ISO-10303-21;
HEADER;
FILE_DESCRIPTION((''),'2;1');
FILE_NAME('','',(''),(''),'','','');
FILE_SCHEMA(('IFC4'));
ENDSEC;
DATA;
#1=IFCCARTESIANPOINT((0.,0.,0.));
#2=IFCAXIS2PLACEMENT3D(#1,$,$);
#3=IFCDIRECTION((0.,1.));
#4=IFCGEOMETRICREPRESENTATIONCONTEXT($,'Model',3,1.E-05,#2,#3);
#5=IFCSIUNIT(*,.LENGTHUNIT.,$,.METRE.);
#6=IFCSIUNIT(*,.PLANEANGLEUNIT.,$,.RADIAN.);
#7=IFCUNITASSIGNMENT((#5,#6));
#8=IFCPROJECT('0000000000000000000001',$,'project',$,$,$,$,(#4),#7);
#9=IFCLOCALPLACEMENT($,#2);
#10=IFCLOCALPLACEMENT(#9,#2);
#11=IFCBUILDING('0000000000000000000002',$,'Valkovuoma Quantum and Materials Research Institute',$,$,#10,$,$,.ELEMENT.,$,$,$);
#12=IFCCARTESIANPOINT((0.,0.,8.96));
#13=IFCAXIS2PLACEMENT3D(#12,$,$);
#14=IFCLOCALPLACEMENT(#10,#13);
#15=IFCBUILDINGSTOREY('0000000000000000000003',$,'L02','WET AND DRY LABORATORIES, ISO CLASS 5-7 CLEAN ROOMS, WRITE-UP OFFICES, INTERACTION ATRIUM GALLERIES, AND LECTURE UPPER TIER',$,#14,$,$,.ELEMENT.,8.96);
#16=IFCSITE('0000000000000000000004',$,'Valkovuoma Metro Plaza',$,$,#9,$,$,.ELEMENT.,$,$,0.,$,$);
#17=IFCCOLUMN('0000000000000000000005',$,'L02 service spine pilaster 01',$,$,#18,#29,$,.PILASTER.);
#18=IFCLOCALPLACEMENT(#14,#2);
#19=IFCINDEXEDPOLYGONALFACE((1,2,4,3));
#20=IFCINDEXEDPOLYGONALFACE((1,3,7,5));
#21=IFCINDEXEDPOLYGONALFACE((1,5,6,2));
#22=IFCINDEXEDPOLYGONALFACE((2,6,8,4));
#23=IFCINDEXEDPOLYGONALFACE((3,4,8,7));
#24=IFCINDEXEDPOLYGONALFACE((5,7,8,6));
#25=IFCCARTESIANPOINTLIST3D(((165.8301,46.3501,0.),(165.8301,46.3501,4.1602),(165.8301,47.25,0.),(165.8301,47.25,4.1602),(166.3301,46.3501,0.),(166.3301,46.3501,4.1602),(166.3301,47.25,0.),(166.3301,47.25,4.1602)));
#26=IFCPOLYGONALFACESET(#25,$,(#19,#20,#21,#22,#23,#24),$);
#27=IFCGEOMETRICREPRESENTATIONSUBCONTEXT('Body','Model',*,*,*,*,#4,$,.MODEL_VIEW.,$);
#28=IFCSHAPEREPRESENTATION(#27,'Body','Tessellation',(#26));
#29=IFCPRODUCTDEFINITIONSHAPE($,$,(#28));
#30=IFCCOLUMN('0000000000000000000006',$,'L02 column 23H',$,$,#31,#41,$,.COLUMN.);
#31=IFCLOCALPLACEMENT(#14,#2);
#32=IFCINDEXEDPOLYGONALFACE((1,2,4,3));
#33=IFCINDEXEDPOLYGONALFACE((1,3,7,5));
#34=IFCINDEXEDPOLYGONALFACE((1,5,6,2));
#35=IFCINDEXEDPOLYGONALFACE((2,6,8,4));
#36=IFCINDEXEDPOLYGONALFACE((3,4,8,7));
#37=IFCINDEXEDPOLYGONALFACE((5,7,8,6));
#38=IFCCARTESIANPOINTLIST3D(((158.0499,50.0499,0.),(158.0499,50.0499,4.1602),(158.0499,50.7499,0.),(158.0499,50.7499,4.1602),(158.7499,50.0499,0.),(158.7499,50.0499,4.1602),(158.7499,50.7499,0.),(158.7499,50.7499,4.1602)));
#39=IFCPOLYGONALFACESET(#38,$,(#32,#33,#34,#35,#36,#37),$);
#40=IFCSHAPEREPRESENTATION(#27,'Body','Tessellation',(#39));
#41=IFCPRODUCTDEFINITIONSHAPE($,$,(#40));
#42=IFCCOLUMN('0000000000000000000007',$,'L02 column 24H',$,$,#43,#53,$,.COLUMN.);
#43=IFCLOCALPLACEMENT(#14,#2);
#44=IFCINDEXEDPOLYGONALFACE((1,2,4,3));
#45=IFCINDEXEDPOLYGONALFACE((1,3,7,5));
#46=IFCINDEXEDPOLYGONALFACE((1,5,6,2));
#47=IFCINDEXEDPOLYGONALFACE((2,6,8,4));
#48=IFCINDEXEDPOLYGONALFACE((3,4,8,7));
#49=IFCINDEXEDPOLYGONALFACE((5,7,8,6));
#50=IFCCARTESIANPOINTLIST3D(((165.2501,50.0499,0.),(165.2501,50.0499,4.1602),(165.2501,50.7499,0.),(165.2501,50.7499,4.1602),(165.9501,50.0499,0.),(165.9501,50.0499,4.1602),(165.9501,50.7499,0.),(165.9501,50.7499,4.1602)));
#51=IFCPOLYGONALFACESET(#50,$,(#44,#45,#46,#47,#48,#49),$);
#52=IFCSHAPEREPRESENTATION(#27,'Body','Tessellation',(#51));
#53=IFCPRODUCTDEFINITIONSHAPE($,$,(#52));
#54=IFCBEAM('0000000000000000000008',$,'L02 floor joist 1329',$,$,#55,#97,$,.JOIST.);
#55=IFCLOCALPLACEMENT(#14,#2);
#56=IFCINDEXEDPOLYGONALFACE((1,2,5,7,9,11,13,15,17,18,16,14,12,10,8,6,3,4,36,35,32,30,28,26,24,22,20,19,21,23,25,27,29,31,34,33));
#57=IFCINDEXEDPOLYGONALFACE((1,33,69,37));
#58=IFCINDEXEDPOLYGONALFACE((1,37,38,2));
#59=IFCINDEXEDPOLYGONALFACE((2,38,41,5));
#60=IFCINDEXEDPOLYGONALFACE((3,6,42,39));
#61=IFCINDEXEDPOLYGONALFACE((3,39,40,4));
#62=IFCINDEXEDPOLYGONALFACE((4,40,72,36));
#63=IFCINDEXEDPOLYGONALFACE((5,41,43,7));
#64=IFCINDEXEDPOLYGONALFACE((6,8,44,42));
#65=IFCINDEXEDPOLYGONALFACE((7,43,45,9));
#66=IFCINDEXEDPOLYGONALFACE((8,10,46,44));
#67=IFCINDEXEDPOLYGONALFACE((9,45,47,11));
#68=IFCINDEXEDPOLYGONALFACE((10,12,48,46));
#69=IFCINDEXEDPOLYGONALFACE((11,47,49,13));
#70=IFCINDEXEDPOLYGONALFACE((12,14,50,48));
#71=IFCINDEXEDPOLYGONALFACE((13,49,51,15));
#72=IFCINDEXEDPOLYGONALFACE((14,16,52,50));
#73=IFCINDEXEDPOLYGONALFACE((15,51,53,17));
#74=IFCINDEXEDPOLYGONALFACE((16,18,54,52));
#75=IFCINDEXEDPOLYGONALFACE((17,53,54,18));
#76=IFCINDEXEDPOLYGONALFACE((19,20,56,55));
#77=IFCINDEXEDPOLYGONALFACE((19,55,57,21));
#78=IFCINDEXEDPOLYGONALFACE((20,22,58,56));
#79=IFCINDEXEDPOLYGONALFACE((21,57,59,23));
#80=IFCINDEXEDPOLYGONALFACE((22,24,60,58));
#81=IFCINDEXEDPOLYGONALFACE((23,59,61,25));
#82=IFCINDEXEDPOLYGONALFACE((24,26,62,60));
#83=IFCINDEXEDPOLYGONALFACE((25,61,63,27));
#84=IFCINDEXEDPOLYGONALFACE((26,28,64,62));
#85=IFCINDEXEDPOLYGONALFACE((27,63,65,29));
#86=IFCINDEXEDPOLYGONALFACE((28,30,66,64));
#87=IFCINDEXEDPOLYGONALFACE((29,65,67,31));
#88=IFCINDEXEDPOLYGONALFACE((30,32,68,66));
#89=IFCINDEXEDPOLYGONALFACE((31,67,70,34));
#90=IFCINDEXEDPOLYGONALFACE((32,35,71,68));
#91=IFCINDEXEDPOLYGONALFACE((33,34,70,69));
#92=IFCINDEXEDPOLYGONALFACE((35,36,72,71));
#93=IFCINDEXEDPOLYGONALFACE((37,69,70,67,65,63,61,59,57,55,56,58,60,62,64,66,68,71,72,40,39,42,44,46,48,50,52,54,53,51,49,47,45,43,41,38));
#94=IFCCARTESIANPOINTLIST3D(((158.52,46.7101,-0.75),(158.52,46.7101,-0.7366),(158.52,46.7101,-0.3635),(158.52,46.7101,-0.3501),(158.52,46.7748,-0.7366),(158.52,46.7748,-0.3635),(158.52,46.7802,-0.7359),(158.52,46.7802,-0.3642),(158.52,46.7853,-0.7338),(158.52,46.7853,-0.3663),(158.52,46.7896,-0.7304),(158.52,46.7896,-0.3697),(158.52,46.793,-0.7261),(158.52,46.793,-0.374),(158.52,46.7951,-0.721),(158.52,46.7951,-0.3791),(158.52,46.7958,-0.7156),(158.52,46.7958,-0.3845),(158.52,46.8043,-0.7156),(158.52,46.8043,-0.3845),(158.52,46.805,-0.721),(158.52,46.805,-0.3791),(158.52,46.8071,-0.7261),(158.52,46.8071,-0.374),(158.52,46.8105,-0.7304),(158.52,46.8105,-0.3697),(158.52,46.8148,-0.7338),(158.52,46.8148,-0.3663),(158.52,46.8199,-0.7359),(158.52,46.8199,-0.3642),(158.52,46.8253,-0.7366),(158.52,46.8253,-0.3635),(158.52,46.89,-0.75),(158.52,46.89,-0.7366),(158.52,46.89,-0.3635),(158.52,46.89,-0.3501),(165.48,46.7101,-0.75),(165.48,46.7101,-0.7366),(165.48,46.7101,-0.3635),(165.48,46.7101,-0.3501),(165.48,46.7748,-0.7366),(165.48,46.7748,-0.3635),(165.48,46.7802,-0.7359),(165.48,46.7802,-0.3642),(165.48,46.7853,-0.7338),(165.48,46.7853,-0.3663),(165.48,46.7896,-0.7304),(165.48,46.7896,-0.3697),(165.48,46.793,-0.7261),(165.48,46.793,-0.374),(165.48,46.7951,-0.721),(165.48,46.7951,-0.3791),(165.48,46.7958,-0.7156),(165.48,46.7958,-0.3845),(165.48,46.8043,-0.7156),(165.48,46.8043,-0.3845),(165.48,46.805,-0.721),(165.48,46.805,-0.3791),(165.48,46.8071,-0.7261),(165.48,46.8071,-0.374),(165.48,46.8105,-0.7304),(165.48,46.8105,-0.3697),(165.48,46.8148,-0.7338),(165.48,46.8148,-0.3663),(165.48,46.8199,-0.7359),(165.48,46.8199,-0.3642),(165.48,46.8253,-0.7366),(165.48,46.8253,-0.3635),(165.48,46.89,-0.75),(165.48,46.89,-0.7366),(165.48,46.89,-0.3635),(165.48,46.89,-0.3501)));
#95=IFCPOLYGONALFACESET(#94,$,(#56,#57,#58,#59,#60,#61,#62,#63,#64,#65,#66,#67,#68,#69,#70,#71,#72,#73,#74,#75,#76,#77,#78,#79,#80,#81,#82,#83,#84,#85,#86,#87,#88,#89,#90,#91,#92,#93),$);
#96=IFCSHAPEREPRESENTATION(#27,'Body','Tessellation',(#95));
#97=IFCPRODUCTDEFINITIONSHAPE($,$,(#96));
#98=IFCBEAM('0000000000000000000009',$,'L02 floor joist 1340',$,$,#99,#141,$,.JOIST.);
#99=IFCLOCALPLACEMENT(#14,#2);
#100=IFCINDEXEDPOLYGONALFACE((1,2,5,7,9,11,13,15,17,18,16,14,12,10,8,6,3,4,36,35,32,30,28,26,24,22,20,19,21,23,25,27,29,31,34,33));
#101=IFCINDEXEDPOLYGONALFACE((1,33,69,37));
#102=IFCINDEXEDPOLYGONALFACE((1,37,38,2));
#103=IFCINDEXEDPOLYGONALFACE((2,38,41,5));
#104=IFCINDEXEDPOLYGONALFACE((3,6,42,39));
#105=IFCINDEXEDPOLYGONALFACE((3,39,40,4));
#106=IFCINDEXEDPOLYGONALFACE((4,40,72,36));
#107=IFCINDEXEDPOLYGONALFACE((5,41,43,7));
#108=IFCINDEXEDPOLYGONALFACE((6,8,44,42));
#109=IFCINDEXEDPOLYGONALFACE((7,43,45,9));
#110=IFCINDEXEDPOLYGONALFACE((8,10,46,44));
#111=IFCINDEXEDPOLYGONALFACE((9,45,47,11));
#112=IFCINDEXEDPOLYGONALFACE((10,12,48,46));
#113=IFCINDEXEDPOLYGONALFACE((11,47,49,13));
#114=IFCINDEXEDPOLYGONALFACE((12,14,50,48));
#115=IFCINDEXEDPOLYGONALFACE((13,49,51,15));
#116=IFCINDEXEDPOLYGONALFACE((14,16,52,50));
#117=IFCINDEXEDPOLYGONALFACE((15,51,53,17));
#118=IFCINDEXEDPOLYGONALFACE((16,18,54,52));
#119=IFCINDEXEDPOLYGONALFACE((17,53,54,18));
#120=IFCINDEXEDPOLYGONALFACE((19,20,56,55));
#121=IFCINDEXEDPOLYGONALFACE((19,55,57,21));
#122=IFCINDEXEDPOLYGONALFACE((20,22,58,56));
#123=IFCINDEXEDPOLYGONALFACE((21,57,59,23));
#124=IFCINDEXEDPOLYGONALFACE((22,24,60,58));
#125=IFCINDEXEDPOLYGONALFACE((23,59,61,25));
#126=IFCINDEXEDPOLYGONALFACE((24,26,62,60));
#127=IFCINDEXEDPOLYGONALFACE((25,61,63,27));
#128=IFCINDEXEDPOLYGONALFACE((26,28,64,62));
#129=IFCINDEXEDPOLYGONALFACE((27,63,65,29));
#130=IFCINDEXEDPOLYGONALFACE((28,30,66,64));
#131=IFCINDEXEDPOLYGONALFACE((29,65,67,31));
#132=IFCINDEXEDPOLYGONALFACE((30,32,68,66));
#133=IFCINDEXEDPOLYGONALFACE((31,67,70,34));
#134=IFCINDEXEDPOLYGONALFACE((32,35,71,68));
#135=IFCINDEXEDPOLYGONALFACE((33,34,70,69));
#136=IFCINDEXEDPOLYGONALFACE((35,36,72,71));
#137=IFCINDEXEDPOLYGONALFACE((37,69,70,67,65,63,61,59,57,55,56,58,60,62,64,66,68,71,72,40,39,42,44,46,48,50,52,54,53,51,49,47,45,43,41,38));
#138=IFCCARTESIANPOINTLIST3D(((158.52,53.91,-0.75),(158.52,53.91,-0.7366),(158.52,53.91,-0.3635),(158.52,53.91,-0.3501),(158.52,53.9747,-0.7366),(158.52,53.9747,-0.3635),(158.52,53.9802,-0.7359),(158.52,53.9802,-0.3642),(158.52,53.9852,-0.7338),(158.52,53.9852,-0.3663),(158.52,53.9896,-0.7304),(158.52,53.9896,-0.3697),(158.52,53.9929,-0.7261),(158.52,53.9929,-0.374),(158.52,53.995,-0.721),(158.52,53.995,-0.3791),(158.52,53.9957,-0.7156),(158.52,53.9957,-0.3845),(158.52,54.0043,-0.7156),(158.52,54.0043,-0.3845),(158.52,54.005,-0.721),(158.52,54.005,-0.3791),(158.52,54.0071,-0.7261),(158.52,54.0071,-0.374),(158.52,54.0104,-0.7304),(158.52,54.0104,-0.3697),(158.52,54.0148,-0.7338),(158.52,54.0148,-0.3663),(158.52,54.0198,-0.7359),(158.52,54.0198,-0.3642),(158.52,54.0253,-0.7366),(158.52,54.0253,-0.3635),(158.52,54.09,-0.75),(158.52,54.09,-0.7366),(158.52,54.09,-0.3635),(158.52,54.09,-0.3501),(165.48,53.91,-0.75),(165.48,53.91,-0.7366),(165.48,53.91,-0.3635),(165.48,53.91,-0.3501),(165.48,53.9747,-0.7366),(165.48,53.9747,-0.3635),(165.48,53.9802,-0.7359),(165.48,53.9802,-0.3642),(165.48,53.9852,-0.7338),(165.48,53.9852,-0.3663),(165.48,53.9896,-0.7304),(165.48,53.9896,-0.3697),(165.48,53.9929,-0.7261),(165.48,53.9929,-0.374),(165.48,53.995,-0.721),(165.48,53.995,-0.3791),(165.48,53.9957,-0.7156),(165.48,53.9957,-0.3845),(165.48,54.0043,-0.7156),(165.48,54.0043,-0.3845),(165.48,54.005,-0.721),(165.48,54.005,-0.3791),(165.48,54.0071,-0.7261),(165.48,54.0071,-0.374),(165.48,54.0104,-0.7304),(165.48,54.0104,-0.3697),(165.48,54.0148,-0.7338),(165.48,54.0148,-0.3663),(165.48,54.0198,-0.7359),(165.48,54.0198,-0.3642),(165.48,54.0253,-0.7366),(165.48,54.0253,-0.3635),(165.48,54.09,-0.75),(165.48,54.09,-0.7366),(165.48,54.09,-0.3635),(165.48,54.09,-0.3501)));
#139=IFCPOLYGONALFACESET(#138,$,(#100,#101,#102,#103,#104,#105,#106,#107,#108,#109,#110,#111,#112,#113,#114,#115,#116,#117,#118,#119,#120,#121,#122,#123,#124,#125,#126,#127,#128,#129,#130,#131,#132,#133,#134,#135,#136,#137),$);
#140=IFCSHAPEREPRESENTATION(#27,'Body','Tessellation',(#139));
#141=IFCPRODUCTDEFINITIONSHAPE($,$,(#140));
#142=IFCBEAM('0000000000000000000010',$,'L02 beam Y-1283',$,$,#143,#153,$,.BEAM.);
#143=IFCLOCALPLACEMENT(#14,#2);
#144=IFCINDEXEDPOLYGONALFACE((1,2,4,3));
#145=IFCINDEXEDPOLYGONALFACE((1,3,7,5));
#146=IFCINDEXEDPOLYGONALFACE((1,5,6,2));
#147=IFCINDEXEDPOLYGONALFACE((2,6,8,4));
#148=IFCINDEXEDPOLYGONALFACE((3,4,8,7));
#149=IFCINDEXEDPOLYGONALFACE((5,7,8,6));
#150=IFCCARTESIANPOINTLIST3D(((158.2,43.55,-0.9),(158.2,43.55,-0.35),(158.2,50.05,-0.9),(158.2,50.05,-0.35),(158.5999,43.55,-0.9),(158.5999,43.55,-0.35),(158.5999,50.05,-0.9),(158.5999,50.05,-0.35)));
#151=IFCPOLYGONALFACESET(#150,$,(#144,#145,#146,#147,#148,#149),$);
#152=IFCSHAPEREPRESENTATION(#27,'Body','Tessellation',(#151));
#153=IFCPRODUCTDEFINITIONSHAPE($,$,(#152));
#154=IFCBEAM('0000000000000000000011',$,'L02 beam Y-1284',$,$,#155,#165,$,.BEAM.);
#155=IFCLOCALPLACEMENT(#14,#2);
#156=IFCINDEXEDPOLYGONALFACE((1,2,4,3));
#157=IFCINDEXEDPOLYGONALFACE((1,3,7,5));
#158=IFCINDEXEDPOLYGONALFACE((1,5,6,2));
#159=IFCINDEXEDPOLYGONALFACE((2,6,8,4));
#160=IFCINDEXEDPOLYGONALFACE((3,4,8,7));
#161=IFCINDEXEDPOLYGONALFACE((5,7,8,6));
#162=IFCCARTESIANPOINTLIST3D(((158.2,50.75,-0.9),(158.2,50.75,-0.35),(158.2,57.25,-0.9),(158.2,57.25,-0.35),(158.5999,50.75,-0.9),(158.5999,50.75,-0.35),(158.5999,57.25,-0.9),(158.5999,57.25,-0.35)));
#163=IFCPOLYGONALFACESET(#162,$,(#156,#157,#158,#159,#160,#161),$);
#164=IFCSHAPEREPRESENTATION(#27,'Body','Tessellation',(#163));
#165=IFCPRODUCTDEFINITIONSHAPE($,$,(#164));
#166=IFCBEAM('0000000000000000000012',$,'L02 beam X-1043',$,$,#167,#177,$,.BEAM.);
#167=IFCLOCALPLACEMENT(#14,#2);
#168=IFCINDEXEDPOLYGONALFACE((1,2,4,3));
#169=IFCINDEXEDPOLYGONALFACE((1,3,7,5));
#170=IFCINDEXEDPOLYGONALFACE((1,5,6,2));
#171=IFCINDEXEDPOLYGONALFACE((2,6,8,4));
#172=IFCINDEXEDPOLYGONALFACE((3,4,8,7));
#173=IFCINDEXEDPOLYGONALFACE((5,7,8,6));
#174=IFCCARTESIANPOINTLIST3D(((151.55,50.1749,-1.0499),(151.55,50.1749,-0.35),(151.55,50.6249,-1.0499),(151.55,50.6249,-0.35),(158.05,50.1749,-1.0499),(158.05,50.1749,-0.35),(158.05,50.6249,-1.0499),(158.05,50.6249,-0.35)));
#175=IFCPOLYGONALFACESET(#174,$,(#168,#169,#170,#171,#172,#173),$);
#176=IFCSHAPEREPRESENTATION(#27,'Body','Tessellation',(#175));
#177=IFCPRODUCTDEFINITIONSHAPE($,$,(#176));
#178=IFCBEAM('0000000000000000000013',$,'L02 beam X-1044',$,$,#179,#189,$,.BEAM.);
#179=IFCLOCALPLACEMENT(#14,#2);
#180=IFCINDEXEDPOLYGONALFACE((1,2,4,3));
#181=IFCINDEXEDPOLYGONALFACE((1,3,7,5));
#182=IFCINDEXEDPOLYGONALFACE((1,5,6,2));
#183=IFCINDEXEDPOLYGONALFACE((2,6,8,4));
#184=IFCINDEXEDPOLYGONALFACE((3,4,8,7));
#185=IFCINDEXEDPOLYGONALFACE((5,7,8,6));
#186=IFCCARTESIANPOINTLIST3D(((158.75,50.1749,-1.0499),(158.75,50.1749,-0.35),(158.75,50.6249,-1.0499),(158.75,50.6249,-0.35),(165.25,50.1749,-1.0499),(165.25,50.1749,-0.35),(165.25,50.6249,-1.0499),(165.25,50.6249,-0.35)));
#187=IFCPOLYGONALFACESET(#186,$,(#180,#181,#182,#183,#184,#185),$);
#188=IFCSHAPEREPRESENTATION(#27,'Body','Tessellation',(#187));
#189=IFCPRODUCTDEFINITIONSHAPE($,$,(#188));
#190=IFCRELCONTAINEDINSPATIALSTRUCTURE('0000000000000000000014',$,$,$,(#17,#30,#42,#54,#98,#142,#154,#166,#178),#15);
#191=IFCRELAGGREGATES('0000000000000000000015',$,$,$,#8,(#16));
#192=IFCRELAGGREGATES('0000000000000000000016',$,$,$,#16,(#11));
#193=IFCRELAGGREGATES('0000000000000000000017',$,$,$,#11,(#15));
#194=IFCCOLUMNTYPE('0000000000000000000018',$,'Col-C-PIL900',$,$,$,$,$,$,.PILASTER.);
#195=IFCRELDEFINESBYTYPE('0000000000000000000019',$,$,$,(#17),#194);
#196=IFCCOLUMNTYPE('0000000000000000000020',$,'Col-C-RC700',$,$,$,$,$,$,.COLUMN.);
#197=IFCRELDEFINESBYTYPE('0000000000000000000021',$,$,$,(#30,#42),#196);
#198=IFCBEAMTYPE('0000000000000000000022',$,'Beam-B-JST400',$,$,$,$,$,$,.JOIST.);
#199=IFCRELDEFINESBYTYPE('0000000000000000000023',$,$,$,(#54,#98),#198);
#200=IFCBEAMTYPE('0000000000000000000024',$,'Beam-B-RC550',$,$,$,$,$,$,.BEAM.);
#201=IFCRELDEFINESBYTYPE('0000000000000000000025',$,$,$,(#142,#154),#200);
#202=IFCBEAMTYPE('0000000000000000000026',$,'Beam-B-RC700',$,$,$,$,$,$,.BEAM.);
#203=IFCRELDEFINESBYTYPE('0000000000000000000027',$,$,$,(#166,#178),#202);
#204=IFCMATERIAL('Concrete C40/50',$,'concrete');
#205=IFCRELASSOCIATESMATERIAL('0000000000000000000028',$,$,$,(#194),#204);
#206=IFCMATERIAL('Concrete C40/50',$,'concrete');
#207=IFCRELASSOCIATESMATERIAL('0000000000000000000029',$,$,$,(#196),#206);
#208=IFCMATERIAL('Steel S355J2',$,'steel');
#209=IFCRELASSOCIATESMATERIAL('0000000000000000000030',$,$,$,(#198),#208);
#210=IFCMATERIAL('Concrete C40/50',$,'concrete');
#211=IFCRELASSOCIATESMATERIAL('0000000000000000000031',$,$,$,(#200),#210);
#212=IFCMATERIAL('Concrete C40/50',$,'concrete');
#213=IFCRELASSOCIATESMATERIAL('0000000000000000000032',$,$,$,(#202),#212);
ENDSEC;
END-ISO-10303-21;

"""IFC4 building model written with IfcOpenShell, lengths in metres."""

from ifc_helpers import new_model, si_unit, direction, frame, origin, origin_2d, place, context, subcontext, project, spatial, rectangle, i_section, extrude, material, material_profile, profile_set, type_object, element, save


model = new_model("IFC4")

# Units and contexts
model_context = context("Model", 3, precision=1e-05, world=origin(), true_north=direction((0.0, 1.0)))
body_context = subcontext(model_context, "Body", "Model", "MODEL_VIEW")
ifc_project = project(units=[si_unit("LENGTHUNIT", "METRE"), si_unit("PLANEANGLEUNIT", "RADIAN")], contexts=[model_context])

# Site, building, storey
site_placement = place(None, origin())
site = spatial("IfcSite", under=ifc_project, at=site_placement, Name="Valkovuoma Metro Plaza", CompositionType="ELEMENT", RefElevation=0.0)
building_placement = place(site_placement, origin())
building = spatial("IfcBuilding", under=site, at=building_placement, Name="Valkovuoma Quantum and Materials Research Institute", CompositionType="ELEMENT")
storey_placement = place(building_placement, frame((0.0, 0.0, 8.96)))
storey = spatial("IfcBuildingStorey", under=building, at=storey_placement, Name="L02", Description="WET AND DRY LABORATORIES, ISO CLASS 5-7 CLEAN ROOMS, WRITE-UP OFFICES, INTERACTION ATRIUM GALLERIES, AND LECTURE UPPER TIER", CompositionType="ELEMENT", Elevation=8.96)

# Columns
ifc_material_1 = material(Name="Concrete C40/50", Category="concrete")
ifc_material_profile_1 = material_profile(ifc_material_1, rectangle(XDim=0.5, YDim=0.8999, at=origin_2d()), Name="Concrete C40/50")
ifc_profile_set_1 = profile_set([ifc_material_profile_1], Name="Concrete C40/50")
column_type_1 = type_object("IfcColumnType", Name="Col-C-PIL900", PredefinedType="PILASTER", material=ifc_profile_set_1)
column_placement = place(storey_placement, frame((166.0801, 46.8, 0.0), z_axis=(0.0, 0.0, 1.0), x_axis=(1.0, 0.0, 0.0)))
element("IfcColumn", 1, at=column_placement, inside=storey, type_object=column_type_1, Name="L02 service spine pilaster 01", PredefinedType="PILASTER", context=body_context, shape_type="SweptSolid", body=[
    extrude(rectangle(XDim=0.5, YDim=0.8999, at=origin_2d()), origin(), (0.0, 0.0, 1.0), 4.1602),
])
ifc_material_2 = material(Name="Concrete C40/50", Category="concrete")
ifc_material_profile_2 = material_profile(ifc_material_2, rectangle(XDim=0.7, YDim=0.7, at=origin_2d()), Name="Concrete C40/50")
ifc_profile_set_2 = profile_set([ifc_material_profile_2], Name="Concrete C40/50")
column_type_2 = type_object("IfcColumnType", Name="Col-C-RC700", PredefinedType="COLUMN", material=ifc_profile_set_2)
for number, where, z_axis, x_axis, name in (
    (2, (158.3999, 50.3999, 0.0), (0.0, 0.0, 1.0), (1.0, 0.0, 0.0), "L02 column 23H"),
    (3, (165.6001, 50.3999, 0.0), (0.0, 0.0, 1.0), (1.0, 0.0, 0.0), "L02 column 24H"),
):
    element("IfcColumn", number, at=place(storey_placement, frame(where, z_axis=z_axis, x_axis=x_axis)), inside=storey, type_object=column_type_2, Name=name, PredefinedType="COLUMN", context=body_context, shape_type="SweptSolid", body=[
        extrude(rectangle(XDim=0.7, YDim=0.7, at=origin_2d()), origin(), (0.0, 0.0, 1.0), 4.1602),
    ])

# Beams
ifc_material_3 = material(Name="Steel S355J2", Category="steel")
ifc_material_profile_3 = material_profile(ifc_material_3, i_section(OverallWidth=0.1799, OverallDepth=0.3999, WebThickness=0.0085, FlangeThickness=0.0134, FilletRadius=0.021, at=origin_2d()), Name="Steel S355J2")
ifc_profile_set_3 = profile_set([ifc_material_profile_3], Name="Steel S355J2")
beam_type_1 = type_object("IfcBeamType", Name="Beam-B-JST400", PredefinedType="JOIST", material=ifc_profile_set_3)
for number, where, z_axis, x_axis, name in (
    (4, (158.52, 46.8, -0.55), (1.0, 0.0, 0.0), (0.0, 1.0, 0.0), "L02 floor joist 1329"),
    (5, (158.52, 54.0, -0.55), (1.0, 0.0, 0.0), (0.0, 1.0, 0.0), "L02 floor joist 1340"),
):
    element("IfcBeam", number, at=place(storey_placement, frame(where, z_axis=z_axis, x_axis=x_axis)), inside=storey, type_object=beam_type_1, Name=name, PredefinedType="JOIST", context=body_context, shape_type="SweptSolid", body=[
        extrude(i_section(OverallWidth=0.1799, OverallDepth=0.3999, WebThickness=0.0085, FlangeThickness=0.0134, FilletRadius=0.021, at=origin_2d()), origin(), (0.0, 0.0, 1.0), 6.96),
    ])
ifc_material_4 = material(Name="Concrete C40/50", Category="concrete")
ifc_material_profile_4 = material_profile(ifc_material_4, rectangle(XDim=0.3999, YDim=0.55, at=origin_2d()), Name="Concrete C40/50")
ifc_profile_set_4 = profile_set([ifc_material_profile_4], Name="Concrete C40/50")
beam_type_2 = type_object("IfcBeamType", Name="Beam-B-RC550", PredefinedType="BEAM", material=ifc_profile_set_4)
for number, where, z_axis, x_axis, name in (
    (6, (158.3999, 43.55, -0.625), (0.0, 1.0, 0.0), (-1.0, 0.0, 0.0), "L02 beam Y-1283"),
    (7, (158.3999, 50.75, -0.625), (0.0, 1.0, 0.0), (-1.0, 0.0, 0.0), "L02 beam Y-1284"),
):
    element("IfcBeam", number, at=place(storey_placement, frame(where, z_axis=z_axis, x_axis=x_axis)), inside=storey, type_object=beam_type_2, Name=name, PredefinedType="BEAM", context=body_context, shape_type="SweptSolid", body=[
        extrude(rectangle(XDim=0.3999, YDim=0.55, at=origin_2d()), origin(), (0.0, 0.0, 1.0), 6.5),
    ])
ifc_material_5 = material(Name="Concrete C40/50", Category="concrete")
ifc_material_profile_5 = material_profile(ifc_material_5, rectangle(XDim=0.45, YDim=0.7, at=origin_2d()), Name="Concrete C40/50")
ifc_profile_set_5 = profile_set([ifc_material_profile_5], Name="Concrete C40/50")
beam_type_3 = type_object("IfcBeamType", Name="Beam-B-RC700", PredefinedType="BEAM", material=ifc_profile_set_5)
for number, where, z_axis, x_axis, name in (
    (8, (151.55, 50.3999, -0.7), (1.0, 0.0, 0.0), (0.0, 1.0, 0.0), "L02 beam X-1043"),
    (9, (158.75, 50.3999, -0.7), (1.0, 0.0, 0.0), (0.0, 1.0, 0.0), "L02 beam X-1044"),
):
    element("IfcBeam", number, at=place(storey_placement, frame(where, z_axis=z_axis, x_axis=x_axis)), inside=storey, type_object=beam_type_3, Name=name, PredefinedType="BEAM", context=body_context, shape_type="SweptSolid", body=[
        extrude(rectangle(XDim=0.45, YDim=0.7, at=origin_2d()), origin(), (0.0, 0.0, 1.0), 6.5),
    ])

save(model, "model.ifc")
